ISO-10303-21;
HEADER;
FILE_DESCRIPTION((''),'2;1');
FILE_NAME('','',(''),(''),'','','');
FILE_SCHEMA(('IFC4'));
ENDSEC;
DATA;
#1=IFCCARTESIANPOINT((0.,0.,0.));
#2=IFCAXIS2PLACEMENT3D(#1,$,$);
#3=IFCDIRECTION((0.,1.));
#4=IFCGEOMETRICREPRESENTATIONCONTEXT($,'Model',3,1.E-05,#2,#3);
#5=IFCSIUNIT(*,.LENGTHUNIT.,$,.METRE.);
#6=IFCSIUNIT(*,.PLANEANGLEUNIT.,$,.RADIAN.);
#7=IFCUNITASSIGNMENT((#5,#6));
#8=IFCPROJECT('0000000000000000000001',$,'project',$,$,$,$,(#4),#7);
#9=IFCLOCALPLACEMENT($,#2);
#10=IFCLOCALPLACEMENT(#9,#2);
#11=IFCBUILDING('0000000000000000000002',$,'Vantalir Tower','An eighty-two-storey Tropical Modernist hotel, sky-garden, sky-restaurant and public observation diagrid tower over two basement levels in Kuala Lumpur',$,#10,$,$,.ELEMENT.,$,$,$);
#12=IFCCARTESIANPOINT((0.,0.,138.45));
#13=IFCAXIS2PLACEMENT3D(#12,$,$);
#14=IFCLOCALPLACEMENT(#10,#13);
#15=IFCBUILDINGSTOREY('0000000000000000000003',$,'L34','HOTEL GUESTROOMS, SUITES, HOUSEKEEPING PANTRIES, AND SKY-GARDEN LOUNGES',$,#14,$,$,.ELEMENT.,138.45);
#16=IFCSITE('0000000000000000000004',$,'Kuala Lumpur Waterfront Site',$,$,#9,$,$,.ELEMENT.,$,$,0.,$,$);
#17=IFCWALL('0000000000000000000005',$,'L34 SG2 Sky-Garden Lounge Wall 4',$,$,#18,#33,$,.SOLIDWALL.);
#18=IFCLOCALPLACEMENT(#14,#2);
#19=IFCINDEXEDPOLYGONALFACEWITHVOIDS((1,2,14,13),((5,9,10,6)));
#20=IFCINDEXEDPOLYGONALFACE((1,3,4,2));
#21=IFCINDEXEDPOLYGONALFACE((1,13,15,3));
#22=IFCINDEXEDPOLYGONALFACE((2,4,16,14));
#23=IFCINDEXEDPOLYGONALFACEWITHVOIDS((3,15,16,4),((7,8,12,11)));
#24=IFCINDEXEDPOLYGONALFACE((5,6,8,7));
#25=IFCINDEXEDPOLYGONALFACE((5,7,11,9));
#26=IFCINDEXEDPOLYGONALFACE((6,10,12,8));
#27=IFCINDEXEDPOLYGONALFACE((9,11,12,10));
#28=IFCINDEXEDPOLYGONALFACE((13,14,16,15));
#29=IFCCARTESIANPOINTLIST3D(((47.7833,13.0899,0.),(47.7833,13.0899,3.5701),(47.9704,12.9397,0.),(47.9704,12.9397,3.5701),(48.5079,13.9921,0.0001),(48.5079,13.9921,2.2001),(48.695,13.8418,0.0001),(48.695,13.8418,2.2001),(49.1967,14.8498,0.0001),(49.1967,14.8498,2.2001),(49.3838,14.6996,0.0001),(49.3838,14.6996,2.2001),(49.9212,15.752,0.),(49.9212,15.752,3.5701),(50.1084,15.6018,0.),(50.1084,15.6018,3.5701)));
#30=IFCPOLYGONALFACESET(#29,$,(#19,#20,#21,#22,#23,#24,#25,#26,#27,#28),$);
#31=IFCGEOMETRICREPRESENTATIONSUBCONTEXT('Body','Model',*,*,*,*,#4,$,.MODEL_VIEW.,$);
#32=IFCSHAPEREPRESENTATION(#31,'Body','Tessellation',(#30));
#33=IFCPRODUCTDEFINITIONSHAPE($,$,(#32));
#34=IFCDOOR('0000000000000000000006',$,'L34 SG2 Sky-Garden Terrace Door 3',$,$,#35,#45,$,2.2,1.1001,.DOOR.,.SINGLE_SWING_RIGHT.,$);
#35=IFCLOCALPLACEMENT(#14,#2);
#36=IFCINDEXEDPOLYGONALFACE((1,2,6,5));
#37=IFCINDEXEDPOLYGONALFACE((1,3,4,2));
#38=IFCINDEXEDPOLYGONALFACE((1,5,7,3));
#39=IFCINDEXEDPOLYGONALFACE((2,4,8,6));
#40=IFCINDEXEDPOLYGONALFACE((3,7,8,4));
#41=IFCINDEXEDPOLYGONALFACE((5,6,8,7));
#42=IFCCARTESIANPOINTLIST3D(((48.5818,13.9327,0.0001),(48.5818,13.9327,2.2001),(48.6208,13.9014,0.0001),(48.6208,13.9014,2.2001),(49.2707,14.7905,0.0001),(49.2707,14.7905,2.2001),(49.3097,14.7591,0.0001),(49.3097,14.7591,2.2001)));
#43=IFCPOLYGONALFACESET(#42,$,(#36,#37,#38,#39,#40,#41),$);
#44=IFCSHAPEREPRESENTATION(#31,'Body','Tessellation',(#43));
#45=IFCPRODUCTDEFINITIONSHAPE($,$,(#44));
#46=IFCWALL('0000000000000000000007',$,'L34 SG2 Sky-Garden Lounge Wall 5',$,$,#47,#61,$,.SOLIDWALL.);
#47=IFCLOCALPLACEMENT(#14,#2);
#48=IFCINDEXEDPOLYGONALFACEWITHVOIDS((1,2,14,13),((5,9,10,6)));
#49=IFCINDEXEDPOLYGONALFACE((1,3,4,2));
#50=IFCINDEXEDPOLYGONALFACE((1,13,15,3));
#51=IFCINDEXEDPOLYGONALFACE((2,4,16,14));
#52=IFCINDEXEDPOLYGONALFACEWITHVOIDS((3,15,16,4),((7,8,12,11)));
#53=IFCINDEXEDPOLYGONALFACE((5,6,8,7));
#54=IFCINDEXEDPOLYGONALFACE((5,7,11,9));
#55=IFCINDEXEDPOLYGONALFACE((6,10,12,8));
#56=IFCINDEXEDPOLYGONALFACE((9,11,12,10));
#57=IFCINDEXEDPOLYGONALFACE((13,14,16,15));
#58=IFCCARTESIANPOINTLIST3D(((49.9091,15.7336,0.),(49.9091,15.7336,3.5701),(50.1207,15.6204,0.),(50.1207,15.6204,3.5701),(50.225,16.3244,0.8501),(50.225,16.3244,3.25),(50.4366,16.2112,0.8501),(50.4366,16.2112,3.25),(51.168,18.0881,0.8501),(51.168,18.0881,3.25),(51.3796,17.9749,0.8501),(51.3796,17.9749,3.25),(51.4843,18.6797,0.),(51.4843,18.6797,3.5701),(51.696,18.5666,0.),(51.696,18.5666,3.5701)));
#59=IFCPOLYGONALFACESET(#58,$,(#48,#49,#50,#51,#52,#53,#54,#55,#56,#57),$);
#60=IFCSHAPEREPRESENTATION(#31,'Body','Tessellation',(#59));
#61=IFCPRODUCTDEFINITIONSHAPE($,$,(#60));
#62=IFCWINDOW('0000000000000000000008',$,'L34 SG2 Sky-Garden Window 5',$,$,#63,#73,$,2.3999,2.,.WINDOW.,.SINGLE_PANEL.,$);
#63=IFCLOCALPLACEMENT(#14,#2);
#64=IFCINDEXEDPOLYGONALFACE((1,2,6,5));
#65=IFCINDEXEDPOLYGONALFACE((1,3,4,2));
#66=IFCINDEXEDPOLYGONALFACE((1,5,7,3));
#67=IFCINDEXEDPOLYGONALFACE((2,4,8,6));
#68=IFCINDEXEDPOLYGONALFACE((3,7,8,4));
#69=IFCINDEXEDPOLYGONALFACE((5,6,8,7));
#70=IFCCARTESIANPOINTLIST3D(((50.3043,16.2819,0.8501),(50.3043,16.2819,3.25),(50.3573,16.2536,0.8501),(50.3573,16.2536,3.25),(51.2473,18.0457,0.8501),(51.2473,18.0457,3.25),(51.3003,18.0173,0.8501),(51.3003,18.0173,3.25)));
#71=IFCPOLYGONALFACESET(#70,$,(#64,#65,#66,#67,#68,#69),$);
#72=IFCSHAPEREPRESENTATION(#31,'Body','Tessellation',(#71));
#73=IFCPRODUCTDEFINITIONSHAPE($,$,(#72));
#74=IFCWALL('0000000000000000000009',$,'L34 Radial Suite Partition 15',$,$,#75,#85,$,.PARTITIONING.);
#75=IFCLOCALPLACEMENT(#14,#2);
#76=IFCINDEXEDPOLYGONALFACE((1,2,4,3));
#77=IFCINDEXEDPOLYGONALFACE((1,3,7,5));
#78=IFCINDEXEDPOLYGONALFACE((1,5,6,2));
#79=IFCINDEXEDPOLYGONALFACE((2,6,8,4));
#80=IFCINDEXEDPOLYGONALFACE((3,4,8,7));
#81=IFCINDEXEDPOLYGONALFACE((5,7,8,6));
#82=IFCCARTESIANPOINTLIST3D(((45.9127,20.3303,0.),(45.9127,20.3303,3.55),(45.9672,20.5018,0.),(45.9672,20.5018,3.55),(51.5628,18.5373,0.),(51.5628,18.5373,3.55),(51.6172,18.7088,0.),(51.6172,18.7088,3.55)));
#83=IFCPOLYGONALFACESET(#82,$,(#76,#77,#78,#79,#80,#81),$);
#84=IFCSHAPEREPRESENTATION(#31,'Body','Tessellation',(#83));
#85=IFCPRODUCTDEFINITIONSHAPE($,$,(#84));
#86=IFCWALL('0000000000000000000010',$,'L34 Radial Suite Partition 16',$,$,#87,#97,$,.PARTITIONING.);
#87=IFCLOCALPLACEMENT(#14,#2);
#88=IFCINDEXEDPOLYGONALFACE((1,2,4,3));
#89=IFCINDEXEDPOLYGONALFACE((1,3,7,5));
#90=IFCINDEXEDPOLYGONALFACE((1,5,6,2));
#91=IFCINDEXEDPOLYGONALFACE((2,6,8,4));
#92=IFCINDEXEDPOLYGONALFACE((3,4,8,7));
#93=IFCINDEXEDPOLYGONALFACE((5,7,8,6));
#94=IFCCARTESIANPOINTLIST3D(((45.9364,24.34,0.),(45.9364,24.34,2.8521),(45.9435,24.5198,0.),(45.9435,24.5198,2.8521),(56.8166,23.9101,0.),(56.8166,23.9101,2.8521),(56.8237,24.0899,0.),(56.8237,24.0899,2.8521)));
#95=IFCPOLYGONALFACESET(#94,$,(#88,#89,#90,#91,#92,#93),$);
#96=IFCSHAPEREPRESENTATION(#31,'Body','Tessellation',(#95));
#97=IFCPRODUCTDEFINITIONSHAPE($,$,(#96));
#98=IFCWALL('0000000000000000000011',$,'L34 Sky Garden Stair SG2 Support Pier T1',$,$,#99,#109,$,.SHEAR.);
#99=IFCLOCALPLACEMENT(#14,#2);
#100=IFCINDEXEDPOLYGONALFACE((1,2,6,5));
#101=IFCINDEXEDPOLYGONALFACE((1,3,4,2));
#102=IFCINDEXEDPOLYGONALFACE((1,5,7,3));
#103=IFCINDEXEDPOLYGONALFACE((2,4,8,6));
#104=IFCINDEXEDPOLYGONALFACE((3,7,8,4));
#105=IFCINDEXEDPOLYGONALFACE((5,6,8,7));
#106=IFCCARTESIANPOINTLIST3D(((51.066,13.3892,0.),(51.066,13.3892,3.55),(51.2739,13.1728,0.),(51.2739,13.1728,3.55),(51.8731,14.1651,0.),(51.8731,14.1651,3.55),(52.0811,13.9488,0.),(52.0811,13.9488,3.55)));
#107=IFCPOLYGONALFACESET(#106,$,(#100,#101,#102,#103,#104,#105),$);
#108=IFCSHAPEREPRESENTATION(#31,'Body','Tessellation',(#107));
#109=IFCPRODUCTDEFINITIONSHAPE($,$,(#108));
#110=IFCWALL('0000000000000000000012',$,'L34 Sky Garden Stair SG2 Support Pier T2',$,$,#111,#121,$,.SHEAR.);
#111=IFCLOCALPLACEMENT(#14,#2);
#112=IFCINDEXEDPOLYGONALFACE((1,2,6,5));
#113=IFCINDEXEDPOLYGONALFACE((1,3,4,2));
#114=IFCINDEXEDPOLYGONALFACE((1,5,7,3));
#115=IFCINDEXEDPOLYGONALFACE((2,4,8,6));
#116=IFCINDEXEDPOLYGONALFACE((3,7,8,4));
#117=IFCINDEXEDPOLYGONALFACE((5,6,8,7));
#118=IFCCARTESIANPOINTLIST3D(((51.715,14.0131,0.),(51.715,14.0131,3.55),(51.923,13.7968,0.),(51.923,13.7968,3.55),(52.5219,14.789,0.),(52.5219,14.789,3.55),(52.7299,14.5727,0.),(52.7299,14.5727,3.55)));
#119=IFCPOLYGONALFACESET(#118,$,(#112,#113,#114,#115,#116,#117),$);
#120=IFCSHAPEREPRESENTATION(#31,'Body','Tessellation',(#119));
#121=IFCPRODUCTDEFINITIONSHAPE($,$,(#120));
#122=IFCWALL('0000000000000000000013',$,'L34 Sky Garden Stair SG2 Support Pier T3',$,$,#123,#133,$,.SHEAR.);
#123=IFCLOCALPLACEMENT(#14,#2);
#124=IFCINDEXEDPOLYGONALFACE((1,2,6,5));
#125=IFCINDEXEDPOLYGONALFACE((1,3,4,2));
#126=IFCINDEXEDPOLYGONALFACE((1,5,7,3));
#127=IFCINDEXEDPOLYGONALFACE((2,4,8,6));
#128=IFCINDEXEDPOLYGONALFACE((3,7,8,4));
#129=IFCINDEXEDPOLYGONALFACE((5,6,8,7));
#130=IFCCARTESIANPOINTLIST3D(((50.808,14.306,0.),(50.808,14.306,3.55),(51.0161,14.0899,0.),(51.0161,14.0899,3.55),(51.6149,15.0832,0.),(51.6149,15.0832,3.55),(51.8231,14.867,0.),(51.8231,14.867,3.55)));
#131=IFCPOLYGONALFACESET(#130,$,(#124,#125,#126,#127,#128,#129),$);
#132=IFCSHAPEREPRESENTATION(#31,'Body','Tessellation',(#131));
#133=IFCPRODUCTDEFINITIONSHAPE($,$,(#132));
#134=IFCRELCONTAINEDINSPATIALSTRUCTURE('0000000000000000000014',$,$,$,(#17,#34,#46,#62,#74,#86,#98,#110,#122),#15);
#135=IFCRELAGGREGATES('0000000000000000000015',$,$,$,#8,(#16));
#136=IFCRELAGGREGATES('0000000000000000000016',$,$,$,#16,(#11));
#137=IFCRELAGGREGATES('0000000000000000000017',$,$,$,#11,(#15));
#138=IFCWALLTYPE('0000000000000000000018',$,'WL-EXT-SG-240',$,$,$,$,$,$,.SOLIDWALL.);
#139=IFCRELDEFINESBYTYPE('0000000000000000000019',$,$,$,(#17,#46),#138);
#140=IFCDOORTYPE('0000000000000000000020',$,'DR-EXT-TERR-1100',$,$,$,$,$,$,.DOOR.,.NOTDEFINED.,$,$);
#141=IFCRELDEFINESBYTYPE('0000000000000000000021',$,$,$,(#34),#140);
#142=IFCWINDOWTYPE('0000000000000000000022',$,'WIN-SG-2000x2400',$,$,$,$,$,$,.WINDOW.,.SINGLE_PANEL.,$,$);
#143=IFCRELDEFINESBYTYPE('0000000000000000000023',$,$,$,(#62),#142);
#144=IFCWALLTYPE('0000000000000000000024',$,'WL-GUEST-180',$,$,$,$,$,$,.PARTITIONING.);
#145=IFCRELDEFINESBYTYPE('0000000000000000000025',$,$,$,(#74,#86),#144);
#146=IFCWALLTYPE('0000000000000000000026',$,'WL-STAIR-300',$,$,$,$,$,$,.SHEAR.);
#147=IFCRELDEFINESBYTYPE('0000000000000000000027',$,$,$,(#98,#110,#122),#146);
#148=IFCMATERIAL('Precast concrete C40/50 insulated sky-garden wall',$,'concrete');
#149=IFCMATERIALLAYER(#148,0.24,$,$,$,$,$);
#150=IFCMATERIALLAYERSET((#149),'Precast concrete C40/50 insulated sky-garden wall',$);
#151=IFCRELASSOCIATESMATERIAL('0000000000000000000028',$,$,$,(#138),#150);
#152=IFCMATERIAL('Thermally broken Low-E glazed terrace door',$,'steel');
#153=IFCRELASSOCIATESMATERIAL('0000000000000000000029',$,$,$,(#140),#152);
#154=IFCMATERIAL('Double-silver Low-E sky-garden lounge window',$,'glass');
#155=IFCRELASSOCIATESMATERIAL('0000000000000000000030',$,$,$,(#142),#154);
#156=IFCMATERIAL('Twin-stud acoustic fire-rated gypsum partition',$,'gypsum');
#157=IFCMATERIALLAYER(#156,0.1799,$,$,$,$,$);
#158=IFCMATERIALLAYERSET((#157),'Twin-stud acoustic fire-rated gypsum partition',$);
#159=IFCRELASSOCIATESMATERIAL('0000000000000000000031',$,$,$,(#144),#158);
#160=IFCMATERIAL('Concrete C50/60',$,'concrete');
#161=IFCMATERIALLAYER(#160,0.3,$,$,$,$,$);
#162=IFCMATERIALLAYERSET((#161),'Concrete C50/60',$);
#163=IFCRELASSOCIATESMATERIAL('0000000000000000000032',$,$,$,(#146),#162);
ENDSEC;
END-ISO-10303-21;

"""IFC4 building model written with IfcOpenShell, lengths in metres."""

from ifc_helpers import new_model, si_unit, direction, frame, frame_2d, origin, place, context, subcontext, project, spatial, rectangle, extrude, material, layer, layer_set, type_object, element, fill, save


model = new_model("IFC4")

# Units and contexts
model_context = context("Model", 3, precision=1e-05, world=origin(), true_north=direction((0.0, 1.0)))
body_context = subcontext(model_context, "Body", "Model", "MODEL_VIEW")
ifc_project = project(units=[si_unit("LENGTHUNIT", "METRE"), si_unit("PLANEANGLEUNIT", "RADIAN")], contexts=[model_context])

# Site, building, storey
site_placement = place(None, origin())
site = spatial("IfcSite", under=ifc_project, at=site_placement, Name="Kuala Lumpur Waterfront Site", CompositionType="ELEMENT", RefElevation=0.0)
building_placement = place(site_placement, origin())
building = spatial("IfcBuilding", under=site, at=building_placement, Name="Vantalir Tower", Description="An eighty-two-storey Tropical Modernist hotel, sky-garden, sky-restaurant and public observation diagrid tower over two basement levels in Kuala Lumpur", CompositionType="ELEMENT")
storey_placement = place(building_placement, frame((0.0, 0.0, 138.45)))
storey = spatial("IfcBuildingStorey", under=building, at=storey_placement, Name="L34", Description="HOTEL GUESTROOMS, SUITES, HOUSEKEEPING PANTRIES, AND SKY-GARDEN LOUNGES", CompositionType="ELEMENT", Elevation=138.45)

# Shared definitions
ifc_material_1 = material(Name="Precast concrete C40/50 insulated sky-garden wall", Category="concrete")
ifc_layer_1 = layer(ifc_material_1, 0.24)
ifc_layer_set_1 = layer_set([ifc_layer_1], Name="Precast concrete C40/50 insulated sky-garden wall")
wall_type_1 = type_object("IfcWallType", Name="WL-EXT-SG-240", PredefinedType="SOLIDWALL", material=ifc_layer_set_1)

# Wall, opening, door
wall_1_placement = place(storey_placement, frame((47.877, 13.0149, 0.0), z_axis=(0.0, 0.0, 1.0), x_axis=(0.626168, 0.779688, 0.0)))
wall_1 = element("IfcWall", 1, at=wall_1_placement, inside=storey, type_object=wall_type_1, Name="L34 SG2 Sky-Garden Lounge Wall 4", PredefinedType="SOLIDWALL", context=body_context, shape_type="SweptSolid", body=[
    extrude(rectangle(XDim=3.4143, YDim=0.24, at=frame_2d((1.707, 0.0))), origin(), (0.0, 0.0, 1.0), 3.5701),
])
opening_1_placement = place(wall_1_placement, frame((1.157, 0.0, 0.0)))
opening_1 = element("IfcOpeningElement", 2, at=opening_1_placement, cuts=wall_1, PredefinedType="OPENING", context=body_context, shape_type="SweptSolid", body=[
    extrude(rectangle(XDim=1.1001, YDim=2.2, at=frame_2d((0.55, 1.1001))), frame((0.0, 0.1299, 0.0), z_axis=(0.0, -1.0, 0.0), x_axis=(1.0, 0.0, 0.0)), (0.0, 0.0, 1.0), 0.26),
])
ifc_material_2 = material(Name="Thermally broken Low-E glazed terrace door", Category="steel")
door_type_1 = type_object("IfcDoorType", Name="DR-EXT-TERR-1100", OperationType="NOTDEFINED", PredefinedType="DOOR", material=ifc_material_2)
door_1_placement = place(opening_1_placement, frame((1.1001, 0.0, 0.0), z_axis=(0.0, 0.0, 1.0), x_axis=(-1.0, 0.0, 0.0)))
door_1 = element("IfcDoor", 3, at=door_1_placement, inside=storey, type_object=door_type_1, Name="L34 SG2 Sky-Garden Terrace Door 3", OperationType="SINGLE_SWING_RIGHT", OverallHeight=2.2, OverallWidth=1.1001, PredefinedType="DOOR", context=body_context, shape_type="SweptSolid", body=[
    extrude(rectangle(XDim=1.1001, YDim=2.2, at=frame_2d((0.55, 1.1001))), frame((0.0, 0.0249, 0.0), z_axis=(0.0, -1.0, 0.0), x_axis=(1.0, 0.0, 0.0)), (0.0, 0.0, 1.0), 0.05),
])
fill(opening_1, door_1)

# Wall, opening, window
wall_2_placement = place(storey_placement, frame((50.0149, 15.677, 0.0), z_axis=(0.0, 0.0, 1.0), x_axis=(0.471513, 0.881859, 0.0)))
wall_2 = element("IfcWall", 4, at=wall_2_placement, inside=storey, type_object=wall_type_1, Name="L34 SG2 Sky-Garden Lounge Wall 5", PredefinedType="SOLIDWALL", context=body_context, shape_type="SweptSolid", body=[
    extrude(rectangle(XDim=3.3408, YDim=0.24, at=frame_2d((1.6704, 0.0))), origin(), (0.0, 0.0, 1.0), 3.5701),
])
opening_2_placement = place(wall_2_placement, frame((0.6699, 0.0, 0.8501)))
opening_2 = element("IfcOpeningElement", 5, at=opening_2_placement, cuts=wall_2, PredefinedType="OPENING", context=body_context, shape_type="SweptSolid", body=[
    extrude(rectangle(XDim=2.0, YDim=2.3999, at=frame_2d((1.0, 1.2))), frame((0.0, 0.1299, 0.0), z_axis=(0.0, -1.0, 0.0), x_axis=(1.0, 0.0, 0.0)), (0.0, 0.0, 1.0), 0.26),
])
ifc_material_3 = material(Name="Double-silver Low-E sky-garden lounge window", Category="glass")
window_type = type_object("IfcWindowType", Name="WIN-SG-2000x2400", PartitioningType="SINGLE_PANEL", PredefinedType="WINDOW", material=ifc_material_3)
window_placement = place(opening_2_placement, origin())
window = element("IfcWindow", 6, at=window_placement, inside=storey, type_object=window_type, Name="L34 SG2 Sky-Garden Window 5", OverallHeight=2.3999, OverallWidth=2.0, PartitioningType="SINGLE_PANEL", PredefinedType="WINDOW", context=body_context, shape_type="SweptSolid", body=[
    extrude(rectangle(XDim=2.0, YDim=2.3999, at=frame_2d((1.0, 1.2))), frame((0.0, 0.03, 0.0), z_axis=(0.0, -1.0, 0.0), x_axis=(1.0, 0.0, 0.0)), (0.0, 0.0, 1.0), 0.0601),
])
fill(opening_2, window)

# Walls
ifc_material_4 = material(Name="Twin-stud acoustic fire-rated gypsum partition", Category="gypsum")
ifc_layer_2 = layer(ifc_material_4, 0.1799)
ifc_layer_set_2 = layer_set([ifc_layer_2], Name="Twin-stud acoustic fire-rated gypsum partition")
wall_type_2 = type_object("IfcWallType", Name="WL-GUEST-180", PredefinedType="PARTITIONING", material=ifc_layer_set_2)
wall_3_placement = place(storey_placement, frame((45.9399, 20.416, 0.0), z_axis=(0.0, 0.0, 1.0), x_axis=(0.95316, -0.302467, 0.0)))
element("IfcWall", 7, at=wall_3_placement, inside=storey, type_object=wall_type_2, Name="L34 Radial Suite Partition 15", PredefinedType="PARTITIONING", context=body_context, shape_type="SweptSolid", body=[
    extrude(rectangle(XDim=5.9277, YDim=0.1799, at=frame_2d((2.9639, 0.0))), origin(), (0.0, 0.0, 1.0), 3.55),
])
wall_4_placement = place(storey_placement, frame((45.9399, 24.4299, 0.0), z_axis=(0.0, 0.0, 1.0), x_axis=(0.99922, -0.039484, 0.0)))
element("IfcWall", 8, at=wall_4_placement, inside=storey, type_object=wall_type_2, Name="L34 Radial Suite Partition 16", PredefinedType="PARTITIONING", context=body_context, shape_type="SweptSolid", body=[
    extrude(rectangle(XDim=10.8887, YDim=0.1799, at=frame_2d((5.4443, 0.0))), origin(), (0.0, 0.0, 1.0), 2.8521),
])
ifc_material_5 = material(Name="Concrete C50/60", Category="concrete")
ifc_layer_3 = layer(ifc_material_5, 0.3)
ifc_layer_set_3 = layer_set([ifc_layer_3], Name="Concrete C50/60")
wall_type_3 = type_object("IfcWallType", Name="WL-STAIR-300", PredefinedType="SHEAR", material=ifc_layer_set_3)
wall_5_placement = place(storey_placement, frame((51.1699, 13.281, 0.0), z_axis=(0.0, 0.0, 1.0), x_axis=(0.720925, 0.693013, 0.0)))
element("IfcWall", 9, at=wall_5_placement, inside=storey, type_object=wall_type_3, Name="L34 Sky Garden Stair SG2 Support Pier T1", PredefinedType="SHEAR", context=body_context, shape_type="SweptSolid", body=[
    extrude(rectangle(XDim=1.1196, YDim=0.3, at=frame_2d((0.5598, 0.0))), origin(), (0.0, 0.0, 1.0), 3.55),
])
wall_6_placement = place(storey_placement, frame((51.8191, 13.905, 0.0), z_axis=(0.0, 0.0, 1.0), x_axis=(0.72082, 0.693122, 0.0)))
element("IfcWall", 10, at=wall_6_placement, inside=storey, type_object=wall_type_3, Name="L34 Sky Garden Stair SG2 Support Pier T2", PredefinedType="SHEAR", context=body_context, shape_type="SweptSolid", body=[
    extrude(rectangle(XDim=1.1194, YDim=0.3, at=frame_2d((0.5596, 0.0))), origin(), (0.0, 0.0, 1.0), 3.55),
])
wall_7_placement = place(storey_placement, frame((50.9121, 14.198, 0.0), z_axis=(0.0, 0.0, 1.0), x_axis=(0.720276, 0.693688, 0.0)))
element("IfcWall", 11, at=wall_7_placement, inside=storey, type_object=wall_type_3, Name="L34 Sky Garden Stair SG2 Support Pier T3", PredefinedType="SHEAR", context=body_context, shape_type="SweptSolid", body=[
    extrude(rectangle(XDim=1.1204, YDim=0.3, at=frame_2d((0.5601, 0.0))), origin(), (0.0, 0.0, 1.0), 3.55),
])

save(model, "model.ifc")
